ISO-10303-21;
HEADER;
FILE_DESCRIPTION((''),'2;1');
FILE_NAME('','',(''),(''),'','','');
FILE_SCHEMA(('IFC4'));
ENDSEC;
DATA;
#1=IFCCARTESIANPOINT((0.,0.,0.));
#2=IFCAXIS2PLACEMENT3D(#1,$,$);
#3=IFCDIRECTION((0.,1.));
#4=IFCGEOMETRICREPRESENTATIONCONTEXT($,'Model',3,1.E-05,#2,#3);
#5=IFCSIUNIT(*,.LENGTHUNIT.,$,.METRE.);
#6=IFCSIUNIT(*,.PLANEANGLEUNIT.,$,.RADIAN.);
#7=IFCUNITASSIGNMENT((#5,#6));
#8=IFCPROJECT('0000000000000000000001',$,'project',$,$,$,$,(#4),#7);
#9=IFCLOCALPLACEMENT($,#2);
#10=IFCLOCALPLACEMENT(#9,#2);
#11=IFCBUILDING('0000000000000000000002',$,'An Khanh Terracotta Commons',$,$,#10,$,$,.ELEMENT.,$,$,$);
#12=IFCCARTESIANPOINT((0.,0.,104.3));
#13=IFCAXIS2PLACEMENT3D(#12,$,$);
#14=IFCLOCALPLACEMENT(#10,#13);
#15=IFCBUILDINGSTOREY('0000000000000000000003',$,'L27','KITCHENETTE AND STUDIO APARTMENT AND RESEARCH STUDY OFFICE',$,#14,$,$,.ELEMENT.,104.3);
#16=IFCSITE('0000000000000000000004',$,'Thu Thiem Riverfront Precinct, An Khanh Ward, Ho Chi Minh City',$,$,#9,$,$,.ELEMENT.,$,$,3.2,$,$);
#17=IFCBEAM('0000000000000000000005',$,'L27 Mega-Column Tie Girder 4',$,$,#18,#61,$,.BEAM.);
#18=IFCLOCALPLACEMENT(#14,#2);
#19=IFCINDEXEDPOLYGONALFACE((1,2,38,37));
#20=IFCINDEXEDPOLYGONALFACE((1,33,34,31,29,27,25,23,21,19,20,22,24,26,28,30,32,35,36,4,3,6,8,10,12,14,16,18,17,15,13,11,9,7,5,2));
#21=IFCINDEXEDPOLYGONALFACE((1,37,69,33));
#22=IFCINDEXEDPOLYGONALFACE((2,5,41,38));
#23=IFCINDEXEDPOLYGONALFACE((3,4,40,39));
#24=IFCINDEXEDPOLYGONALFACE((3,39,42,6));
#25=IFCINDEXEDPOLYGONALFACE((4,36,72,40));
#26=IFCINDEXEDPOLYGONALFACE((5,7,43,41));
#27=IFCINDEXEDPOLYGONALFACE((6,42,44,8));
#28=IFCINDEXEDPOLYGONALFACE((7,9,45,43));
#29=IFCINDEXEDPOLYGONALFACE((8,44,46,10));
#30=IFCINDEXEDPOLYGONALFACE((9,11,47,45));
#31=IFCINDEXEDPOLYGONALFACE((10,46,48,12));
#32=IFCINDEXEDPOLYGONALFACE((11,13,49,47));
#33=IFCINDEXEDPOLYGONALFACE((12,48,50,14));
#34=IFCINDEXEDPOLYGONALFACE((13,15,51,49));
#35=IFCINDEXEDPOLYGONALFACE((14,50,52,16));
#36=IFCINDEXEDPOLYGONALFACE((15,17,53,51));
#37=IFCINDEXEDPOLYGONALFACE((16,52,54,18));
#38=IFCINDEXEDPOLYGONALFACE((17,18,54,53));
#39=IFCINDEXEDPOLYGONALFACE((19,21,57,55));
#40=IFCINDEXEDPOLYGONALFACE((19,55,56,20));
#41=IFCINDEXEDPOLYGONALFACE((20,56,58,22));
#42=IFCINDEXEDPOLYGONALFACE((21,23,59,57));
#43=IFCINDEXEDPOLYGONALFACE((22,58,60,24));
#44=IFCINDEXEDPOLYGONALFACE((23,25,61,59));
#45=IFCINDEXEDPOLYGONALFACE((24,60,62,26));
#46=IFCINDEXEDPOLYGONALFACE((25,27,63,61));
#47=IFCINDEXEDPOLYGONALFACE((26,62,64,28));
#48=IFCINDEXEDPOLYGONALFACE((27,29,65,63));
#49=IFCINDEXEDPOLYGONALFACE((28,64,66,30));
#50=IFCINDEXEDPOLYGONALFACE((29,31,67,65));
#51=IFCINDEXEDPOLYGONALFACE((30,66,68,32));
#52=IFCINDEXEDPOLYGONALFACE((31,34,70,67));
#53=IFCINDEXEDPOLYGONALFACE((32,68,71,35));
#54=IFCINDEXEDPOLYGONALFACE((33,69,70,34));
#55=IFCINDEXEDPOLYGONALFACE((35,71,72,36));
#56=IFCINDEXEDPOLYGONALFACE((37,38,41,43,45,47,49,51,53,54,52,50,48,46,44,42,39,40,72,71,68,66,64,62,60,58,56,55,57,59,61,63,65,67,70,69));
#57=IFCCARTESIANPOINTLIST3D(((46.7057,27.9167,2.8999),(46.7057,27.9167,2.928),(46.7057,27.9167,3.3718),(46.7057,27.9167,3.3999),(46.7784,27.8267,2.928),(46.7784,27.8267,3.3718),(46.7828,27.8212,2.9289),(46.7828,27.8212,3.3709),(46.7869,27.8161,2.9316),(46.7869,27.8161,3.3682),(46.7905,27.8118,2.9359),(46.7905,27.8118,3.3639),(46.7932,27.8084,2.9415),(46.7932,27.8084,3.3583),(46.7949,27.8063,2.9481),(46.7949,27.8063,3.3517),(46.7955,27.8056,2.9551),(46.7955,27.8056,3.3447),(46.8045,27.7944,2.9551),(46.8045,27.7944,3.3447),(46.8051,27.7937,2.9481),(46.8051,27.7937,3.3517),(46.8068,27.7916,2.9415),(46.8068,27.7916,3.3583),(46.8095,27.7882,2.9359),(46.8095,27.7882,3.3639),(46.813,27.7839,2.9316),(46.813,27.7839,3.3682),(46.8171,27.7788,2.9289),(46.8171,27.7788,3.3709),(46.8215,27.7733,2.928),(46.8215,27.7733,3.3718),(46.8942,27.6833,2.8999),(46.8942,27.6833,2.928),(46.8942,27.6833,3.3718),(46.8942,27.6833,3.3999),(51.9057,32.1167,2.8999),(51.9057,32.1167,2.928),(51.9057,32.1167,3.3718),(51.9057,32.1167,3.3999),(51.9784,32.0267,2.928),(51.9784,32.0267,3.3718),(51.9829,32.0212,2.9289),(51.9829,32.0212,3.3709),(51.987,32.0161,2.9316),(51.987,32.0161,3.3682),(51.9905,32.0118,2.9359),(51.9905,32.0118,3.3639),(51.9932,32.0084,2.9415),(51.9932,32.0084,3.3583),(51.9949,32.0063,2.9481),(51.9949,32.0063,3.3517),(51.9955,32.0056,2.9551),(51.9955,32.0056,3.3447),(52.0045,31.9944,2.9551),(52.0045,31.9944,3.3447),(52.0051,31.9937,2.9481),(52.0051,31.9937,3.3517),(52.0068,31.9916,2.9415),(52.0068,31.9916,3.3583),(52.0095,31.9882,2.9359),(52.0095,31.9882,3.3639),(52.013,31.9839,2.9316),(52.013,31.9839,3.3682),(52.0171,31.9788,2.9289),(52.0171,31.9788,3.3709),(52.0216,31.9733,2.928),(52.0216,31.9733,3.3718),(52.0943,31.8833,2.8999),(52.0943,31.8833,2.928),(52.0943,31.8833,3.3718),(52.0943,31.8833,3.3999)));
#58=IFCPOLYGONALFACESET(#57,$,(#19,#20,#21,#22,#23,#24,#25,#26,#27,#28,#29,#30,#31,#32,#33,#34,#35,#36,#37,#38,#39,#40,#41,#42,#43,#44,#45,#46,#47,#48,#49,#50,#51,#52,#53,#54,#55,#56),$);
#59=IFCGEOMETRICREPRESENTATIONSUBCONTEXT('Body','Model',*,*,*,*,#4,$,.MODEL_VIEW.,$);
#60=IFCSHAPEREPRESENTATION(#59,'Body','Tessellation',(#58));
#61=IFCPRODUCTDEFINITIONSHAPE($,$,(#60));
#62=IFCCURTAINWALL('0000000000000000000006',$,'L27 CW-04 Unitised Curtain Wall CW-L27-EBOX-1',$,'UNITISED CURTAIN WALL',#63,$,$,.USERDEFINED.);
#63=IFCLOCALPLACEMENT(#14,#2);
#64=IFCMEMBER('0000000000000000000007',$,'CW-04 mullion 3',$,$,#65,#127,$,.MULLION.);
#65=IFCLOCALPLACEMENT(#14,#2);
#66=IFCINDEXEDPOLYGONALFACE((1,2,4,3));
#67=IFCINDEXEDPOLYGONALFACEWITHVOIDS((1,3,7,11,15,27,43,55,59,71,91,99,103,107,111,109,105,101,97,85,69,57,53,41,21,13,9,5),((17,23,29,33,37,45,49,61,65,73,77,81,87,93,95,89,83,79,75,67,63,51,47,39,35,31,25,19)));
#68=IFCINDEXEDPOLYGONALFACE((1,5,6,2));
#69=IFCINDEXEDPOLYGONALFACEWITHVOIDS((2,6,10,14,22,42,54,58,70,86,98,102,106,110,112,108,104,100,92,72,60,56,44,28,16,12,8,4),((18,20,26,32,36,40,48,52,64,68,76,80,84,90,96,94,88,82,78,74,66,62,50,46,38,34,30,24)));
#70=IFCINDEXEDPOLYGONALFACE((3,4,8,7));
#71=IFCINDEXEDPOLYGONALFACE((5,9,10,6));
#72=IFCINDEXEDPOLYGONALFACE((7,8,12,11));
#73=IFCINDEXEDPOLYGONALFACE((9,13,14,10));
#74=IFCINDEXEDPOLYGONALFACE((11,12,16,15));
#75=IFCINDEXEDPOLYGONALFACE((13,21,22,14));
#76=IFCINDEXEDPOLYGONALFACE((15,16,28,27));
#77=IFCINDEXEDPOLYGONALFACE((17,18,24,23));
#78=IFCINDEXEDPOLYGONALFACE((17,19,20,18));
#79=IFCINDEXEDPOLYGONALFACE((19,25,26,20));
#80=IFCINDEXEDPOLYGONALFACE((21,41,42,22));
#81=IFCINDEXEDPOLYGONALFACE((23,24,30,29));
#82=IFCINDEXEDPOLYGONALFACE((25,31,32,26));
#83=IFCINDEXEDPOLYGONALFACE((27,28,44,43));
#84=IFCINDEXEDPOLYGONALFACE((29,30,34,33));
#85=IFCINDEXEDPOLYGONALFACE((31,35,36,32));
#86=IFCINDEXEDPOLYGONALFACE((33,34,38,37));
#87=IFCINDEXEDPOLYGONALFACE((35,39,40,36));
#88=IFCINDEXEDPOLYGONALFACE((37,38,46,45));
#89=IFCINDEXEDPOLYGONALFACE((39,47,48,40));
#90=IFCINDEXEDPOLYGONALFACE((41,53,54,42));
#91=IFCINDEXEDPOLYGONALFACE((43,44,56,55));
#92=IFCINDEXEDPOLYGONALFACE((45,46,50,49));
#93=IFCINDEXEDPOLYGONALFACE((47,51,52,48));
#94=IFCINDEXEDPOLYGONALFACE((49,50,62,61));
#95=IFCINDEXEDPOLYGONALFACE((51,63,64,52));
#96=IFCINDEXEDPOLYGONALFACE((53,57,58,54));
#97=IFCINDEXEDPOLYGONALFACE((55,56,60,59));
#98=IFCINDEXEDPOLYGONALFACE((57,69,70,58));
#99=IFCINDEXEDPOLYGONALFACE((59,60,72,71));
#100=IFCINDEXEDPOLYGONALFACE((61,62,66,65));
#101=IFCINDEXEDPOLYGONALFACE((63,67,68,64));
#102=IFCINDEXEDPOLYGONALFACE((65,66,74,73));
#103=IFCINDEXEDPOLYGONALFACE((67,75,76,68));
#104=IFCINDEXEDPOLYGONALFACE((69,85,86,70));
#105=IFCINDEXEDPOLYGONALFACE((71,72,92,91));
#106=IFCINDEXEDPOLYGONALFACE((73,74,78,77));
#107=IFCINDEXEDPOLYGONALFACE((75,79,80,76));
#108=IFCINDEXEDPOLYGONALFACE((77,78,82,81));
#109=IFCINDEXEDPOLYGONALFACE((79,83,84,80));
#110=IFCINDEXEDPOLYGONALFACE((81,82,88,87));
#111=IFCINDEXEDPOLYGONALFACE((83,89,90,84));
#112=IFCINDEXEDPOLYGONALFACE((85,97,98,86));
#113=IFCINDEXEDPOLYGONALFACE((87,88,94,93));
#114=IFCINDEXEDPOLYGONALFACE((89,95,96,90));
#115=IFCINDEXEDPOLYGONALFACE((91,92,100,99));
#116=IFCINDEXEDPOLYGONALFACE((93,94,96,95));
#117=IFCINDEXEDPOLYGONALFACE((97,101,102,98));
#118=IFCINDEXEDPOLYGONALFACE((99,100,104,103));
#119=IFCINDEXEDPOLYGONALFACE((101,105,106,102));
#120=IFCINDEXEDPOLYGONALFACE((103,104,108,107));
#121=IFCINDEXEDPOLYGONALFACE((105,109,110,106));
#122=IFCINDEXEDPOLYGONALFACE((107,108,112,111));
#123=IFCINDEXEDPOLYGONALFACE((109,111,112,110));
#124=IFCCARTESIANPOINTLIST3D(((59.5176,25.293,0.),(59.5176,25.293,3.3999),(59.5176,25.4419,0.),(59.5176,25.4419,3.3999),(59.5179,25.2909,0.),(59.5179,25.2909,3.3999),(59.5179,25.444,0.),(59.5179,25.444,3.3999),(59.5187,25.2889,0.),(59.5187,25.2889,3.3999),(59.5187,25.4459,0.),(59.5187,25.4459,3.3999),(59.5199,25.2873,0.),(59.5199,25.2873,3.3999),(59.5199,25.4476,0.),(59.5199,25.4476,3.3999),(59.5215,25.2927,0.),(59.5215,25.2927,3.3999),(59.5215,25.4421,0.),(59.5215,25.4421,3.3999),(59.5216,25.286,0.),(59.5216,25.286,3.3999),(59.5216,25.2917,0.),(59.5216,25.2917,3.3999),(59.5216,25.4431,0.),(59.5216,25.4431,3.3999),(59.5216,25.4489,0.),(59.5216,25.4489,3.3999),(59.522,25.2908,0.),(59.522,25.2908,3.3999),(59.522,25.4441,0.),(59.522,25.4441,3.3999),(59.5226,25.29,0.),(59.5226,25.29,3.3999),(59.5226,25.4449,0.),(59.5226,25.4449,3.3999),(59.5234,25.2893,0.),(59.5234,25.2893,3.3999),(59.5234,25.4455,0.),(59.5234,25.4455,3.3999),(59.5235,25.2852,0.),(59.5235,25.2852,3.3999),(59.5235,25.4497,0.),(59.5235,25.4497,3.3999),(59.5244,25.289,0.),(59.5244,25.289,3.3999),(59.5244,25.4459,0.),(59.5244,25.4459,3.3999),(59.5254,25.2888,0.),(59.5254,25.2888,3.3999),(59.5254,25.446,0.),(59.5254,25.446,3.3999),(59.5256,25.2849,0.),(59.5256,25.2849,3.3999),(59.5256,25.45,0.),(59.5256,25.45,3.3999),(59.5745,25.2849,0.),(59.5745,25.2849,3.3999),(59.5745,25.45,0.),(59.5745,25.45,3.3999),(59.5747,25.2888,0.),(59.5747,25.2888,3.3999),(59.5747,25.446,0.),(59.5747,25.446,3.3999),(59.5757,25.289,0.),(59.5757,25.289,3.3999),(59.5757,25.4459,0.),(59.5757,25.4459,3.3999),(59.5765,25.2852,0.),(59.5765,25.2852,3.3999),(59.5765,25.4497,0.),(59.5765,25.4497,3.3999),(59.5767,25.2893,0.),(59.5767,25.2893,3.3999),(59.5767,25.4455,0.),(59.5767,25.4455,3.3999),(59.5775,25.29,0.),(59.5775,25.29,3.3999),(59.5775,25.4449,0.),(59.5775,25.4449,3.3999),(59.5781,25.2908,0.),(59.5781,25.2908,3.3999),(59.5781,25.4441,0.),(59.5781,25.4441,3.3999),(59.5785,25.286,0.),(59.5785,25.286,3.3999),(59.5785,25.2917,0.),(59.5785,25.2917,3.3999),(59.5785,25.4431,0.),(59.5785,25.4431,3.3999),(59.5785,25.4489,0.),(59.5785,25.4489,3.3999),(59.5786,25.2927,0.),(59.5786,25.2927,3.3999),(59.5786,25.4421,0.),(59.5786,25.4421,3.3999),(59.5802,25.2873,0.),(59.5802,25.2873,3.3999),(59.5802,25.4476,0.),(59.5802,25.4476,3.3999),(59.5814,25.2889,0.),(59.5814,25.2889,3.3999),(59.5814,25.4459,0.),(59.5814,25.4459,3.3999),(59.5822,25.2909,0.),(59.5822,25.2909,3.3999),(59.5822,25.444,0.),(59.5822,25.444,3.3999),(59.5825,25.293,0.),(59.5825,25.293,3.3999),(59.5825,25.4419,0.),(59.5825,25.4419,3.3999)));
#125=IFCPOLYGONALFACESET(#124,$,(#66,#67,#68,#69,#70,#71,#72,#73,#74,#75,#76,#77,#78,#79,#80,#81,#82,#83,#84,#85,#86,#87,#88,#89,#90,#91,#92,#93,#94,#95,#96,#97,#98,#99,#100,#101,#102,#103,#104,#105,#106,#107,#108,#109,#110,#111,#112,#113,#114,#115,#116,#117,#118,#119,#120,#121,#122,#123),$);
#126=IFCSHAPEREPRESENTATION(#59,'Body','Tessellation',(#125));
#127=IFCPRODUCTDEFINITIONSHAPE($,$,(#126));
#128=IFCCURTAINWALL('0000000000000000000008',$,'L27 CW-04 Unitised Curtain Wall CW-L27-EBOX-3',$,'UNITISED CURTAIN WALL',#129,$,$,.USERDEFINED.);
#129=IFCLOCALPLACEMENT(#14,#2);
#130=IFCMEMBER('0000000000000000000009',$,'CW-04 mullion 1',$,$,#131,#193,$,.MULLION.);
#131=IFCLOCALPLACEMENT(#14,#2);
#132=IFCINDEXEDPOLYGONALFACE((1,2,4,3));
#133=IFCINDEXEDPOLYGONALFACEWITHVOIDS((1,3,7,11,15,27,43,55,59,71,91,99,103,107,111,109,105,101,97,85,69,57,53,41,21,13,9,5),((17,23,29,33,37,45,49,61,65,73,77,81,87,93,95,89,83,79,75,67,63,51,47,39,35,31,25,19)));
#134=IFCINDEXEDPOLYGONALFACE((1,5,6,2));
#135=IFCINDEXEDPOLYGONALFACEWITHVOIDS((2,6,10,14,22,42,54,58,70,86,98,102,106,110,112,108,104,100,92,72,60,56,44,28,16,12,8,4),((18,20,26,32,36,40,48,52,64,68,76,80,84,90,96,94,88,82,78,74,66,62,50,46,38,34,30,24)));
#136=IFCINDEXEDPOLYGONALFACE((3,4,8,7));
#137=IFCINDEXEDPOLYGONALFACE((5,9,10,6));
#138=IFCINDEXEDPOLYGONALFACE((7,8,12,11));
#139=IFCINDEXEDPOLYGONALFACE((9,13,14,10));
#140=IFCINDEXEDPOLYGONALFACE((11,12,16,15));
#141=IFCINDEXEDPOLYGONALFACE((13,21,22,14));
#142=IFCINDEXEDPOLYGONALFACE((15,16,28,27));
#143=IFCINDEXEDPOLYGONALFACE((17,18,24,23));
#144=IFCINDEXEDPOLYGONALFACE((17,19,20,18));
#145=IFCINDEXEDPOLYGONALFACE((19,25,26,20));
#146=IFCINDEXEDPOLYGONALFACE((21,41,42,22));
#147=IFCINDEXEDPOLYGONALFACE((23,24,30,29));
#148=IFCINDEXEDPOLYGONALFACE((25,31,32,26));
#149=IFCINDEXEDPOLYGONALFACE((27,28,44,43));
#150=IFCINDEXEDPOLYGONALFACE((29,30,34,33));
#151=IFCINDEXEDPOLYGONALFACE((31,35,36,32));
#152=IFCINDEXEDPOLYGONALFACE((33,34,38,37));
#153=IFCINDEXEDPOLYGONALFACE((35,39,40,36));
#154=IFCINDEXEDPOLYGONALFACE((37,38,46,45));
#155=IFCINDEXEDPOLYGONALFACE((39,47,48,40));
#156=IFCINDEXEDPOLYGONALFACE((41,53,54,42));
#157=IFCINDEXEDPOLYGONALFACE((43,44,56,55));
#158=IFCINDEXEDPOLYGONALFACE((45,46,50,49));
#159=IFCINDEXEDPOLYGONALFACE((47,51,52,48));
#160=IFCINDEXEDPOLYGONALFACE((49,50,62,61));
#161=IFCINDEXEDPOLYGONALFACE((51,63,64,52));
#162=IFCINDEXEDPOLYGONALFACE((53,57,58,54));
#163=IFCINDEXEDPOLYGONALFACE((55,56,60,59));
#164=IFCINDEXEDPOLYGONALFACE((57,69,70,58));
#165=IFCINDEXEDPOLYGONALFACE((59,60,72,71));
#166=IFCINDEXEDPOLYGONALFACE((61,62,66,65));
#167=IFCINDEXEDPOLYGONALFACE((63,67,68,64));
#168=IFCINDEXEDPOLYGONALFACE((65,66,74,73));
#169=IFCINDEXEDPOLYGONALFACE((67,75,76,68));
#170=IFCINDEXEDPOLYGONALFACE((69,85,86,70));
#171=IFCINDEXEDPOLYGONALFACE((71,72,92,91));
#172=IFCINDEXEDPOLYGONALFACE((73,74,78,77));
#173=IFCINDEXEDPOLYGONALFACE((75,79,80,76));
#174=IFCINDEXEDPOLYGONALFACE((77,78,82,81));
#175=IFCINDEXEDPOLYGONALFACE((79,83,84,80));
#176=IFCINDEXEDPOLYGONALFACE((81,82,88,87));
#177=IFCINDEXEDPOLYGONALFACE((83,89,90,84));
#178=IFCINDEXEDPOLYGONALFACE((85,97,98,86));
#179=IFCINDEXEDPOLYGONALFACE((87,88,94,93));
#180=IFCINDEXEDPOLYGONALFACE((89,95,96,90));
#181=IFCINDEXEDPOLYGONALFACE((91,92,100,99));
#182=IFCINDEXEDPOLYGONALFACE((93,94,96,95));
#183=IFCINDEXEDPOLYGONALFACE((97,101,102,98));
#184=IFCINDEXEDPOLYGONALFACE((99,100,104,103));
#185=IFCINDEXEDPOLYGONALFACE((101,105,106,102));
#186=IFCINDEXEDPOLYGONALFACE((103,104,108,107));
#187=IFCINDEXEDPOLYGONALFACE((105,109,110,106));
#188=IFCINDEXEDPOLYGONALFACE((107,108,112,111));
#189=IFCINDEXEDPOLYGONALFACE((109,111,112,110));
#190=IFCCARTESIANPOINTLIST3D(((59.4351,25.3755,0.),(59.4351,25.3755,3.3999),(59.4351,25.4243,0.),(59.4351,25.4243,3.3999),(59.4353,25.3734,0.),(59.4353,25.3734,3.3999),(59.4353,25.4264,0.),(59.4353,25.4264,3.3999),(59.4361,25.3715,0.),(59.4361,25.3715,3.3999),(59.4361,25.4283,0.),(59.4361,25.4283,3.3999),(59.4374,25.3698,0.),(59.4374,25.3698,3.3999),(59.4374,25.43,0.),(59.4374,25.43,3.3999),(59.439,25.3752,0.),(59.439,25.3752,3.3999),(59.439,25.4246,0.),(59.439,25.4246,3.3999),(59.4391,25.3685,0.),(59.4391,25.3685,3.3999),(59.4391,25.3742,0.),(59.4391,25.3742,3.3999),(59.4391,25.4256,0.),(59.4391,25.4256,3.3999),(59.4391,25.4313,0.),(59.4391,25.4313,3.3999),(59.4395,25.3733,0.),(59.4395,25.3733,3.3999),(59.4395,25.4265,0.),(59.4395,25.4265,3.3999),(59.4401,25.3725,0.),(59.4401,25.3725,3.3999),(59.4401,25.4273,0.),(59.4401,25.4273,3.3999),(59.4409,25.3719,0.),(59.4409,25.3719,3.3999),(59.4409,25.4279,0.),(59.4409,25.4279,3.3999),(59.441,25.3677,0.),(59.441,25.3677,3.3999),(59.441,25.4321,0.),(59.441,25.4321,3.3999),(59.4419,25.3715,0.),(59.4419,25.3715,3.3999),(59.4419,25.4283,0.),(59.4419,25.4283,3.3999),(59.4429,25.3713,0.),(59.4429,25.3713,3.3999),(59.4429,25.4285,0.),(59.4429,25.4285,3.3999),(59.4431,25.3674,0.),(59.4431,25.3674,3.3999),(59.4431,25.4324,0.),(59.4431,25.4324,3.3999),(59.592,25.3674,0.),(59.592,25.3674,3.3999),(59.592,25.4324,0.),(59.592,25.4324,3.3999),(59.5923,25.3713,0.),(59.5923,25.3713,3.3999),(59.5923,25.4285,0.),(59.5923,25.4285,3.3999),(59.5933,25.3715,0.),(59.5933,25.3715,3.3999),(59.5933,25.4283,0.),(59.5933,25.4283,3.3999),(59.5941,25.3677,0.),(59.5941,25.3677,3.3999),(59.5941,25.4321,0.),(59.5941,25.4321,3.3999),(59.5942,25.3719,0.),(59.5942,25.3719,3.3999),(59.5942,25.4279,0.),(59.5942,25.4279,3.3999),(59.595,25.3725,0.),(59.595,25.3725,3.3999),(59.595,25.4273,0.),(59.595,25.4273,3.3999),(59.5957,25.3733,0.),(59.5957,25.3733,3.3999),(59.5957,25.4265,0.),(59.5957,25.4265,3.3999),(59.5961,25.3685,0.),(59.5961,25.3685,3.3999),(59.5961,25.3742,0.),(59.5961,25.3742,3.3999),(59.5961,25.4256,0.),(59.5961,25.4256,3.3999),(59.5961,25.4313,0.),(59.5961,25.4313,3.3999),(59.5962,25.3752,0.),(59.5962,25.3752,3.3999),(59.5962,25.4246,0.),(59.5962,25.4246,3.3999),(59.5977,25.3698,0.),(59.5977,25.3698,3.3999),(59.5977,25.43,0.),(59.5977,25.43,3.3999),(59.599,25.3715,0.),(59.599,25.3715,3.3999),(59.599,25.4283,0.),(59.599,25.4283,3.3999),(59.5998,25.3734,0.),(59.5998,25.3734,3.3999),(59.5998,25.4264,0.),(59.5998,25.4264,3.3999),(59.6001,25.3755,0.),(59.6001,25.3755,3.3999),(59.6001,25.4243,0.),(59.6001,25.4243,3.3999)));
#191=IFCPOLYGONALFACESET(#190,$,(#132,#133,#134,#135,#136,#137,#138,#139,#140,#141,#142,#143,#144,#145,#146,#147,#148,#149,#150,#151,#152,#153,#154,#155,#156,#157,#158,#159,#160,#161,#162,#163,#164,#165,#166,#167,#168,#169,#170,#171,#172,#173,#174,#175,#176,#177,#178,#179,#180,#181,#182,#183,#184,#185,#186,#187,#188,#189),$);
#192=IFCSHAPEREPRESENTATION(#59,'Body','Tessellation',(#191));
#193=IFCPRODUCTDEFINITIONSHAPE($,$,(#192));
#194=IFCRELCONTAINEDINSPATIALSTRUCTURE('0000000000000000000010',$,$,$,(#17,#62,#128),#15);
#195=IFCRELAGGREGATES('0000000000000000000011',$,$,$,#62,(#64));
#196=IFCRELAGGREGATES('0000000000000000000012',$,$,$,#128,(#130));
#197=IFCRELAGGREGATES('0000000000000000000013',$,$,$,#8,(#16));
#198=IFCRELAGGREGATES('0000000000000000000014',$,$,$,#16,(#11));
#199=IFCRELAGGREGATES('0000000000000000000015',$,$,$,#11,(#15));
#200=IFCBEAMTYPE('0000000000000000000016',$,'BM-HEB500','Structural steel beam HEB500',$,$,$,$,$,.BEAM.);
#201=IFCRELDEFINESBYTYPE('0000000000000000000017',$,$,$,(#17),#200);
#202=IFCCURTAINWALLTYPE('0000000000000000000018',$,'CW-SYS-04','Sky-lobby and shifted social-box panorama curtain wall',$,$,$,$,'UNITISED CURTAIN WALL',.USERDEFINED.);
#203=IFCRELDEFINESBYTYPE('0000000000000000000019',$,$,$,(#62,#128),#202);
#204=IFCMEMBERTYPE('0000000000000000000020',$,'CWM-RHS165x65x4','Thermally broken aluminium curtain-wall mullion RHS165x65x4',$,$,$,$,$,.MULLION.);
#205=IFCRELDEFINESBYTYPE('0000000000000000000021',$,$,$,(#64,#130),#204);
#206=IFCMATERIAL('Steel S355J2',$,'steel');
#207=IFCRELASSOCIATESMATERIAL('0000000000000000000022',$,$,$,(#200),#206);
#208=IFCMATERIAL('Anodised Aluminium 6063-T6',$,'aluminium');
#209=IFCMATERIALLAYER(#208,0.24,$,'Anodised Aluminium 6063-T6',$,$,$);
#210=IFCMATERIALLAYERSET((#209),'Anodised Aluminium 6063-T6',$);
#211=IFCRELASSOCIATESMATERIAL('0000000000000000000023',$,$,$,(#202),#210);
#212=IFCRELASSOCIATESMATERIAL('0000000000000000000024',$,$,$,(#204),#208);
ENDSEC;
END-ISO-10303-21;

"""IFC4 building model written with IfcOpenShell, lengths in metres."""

from ifc_helpers import new_model, si_unit, direction, frame, origin, origin_2d, place, context, subcontext, project, spatial, hollow_rectangle, i_section, extrude, material, layer, layer_set, material_profile, profile_set, type_object, element, aggregate, save


model = new_model("IFC4")

# Units and contexts
model_context = context("Model", 3, precision=1e-05, world=origin(), true_north=direction((0.0, 1.0)))
body_context = subcontext(model_context, "Body", "Model", "MODEL_VIEW")
ifc_project = project(units=[si_unit("LENGTHUNIT", "METRE"), si_unit("PLANEANGLEUNIT", "RADIAN")], contexts=[model_context])

# Site, building, storey
site_placement = place(None, origin())
site = spatial("IfcSite", under=ifc_project, at=site_placement, Name="Thu Thiem Riverfront Precinct, An Khanh Ward, Ho Chi Minh City", CompositionType="ELEMENT", RefElevation=3.2)
building_placement = place(site_placement, origin())
building = spatial("IfcBuilding", under=site, at=building_placement, Name="An Khanh Terracotta Commons", CompositionType="ELEMENT")
storey_placement = place(building_placement, frame((0.0, 0.0, 104.3)))
storey = spatial("IfcBuildingStorey", under=building, at=storey_placement, Name="L27", Description="KITCHENETTE AND STUDIO APARTMENT AND RESEARCH STUDY OFFICE", CompositionType="ELEMENT", Elevation=104.3)

# Beam
ifc_material_1 = material(Name="Steel S355J2", Category="steel")
ifc_material_profile_1 = material_profile(ifc_material_1, i_section(OverallWidth=0.3, OverallDepth=0.5, WebThickness=0.0144, FlangeThickness=0.0281, FilletRadius=0.0271, at=origin_2d()), Name="HEB500")
ifc_profile_set_1 = profile_set([ifc_material_profile_1], Name="Steel S355J2")
beam_type = type_object("IfcBeamType", Name="BM-HEB500", Description="Structural steel beam HEB500", PredefinedType="BEAM", material=ifc_profile_set_1)
beam_placement = place(storey_placement, frame((52.0, 32.0, 3.1499), z_axis=(-0.777942, -0.628336, 0.0), x_axis=(0.628336, -0.777942, 0.0)))
element("IfcBeam", 1, at=beam_placement, inside=storey, type_object=beam_type, Name="L27 Mega-Column Tie Girder 4", PredefinedType="BEAM", context=body_context, shape_type="SweptSolid", body=[
    extrude(i_section(OverallWidth=0.3, OverallDepth=0.5, WebThickness=0.0144, FlangeThickness=0.0281, FilletRadius=0.0271, at=origin_2d()), origin(), (0.0, 0.0, 1.0), 6.6843),
])

# Curtain wall, member
ifc_material_2 = material(Name="Anodised Aluminium 6063-T6", Category="aluminium")
ifc_layer_1 = layer(ifc_material_2, 0.24, Name="Anodised Aluminium 6063-T6")
ifc_layer_set_1 = layer_set([ifc_layer_1], Name="Anodised Aluminium 6063-T6")
curtain_wall_type_1 = type_object("IfcCurtainWallType", Name="CW-SYS-04", Description="Sky-lobby and shifted social-box panorama curtain wall", ElementType="UNITISED CURTAIN WALL", PredefinedType="USERDEFINED", material=ifc_layer_set_1)
curtain_wall_1_placement = place(storey_placement, origin())
curtain_wall_1 = element("IfcCurtainWall", 2, at=curtain_wall_1_placement, inside=storey, type_object=curtain_wall_type_1, Name="L27 CW-04 Unitised Curtain Wall CW-L27-EBOX-1", ObjectType="UNITISED CURTAIN WALL", PredefinedType="USERDEFINED")
ifc_material_profile_2 = material_profile(ifc_material_2, hollow_rectangle(XDim=0.0649, YDim=0.165, WallThickness=0.0039, InnerFilletRadius=0.0039, OuterFilletRadius=0.0081, at=origin_2d()), Name="RHS165x65x4")
ifc_profile_set_2 = profile_set([ifc_material_profile_2], Name="Anodised Aluminium 6063-T6")
member_type_1 = type_object("IfcMemberType", Name="CWM-RHS165x65x4", Description="Thermally broken aluminium curtain-wall mullion RHS165x65x4", PredefinedType="MULLION", material=ifc_profile_set_2)
member_1_placement = place(storey_placement, frame((59.55, 25.3674, 0.0), z_axis=(0.0, 0.0, 1.0), x_axis=(-1.0, 0.0, 0.0)))
member_1 = element("IfcMember", 3, at=member_1_placement, type_object=member_type_1, Name="CW-04 mullion 3", PredefinedType="MULLION", context=body_context, shape_type="SweptSolid", body=[
    extrude(hollow_rectangle(XDim=0.0649, YDim=0.165, WallThickness=0.0039, InnerFilletRadius=0.0039, OuterFilletRadius=0.0081, at=origin_2d()), origin(), (0.0, 0.0, 1.0), 3.3999),
])

# Curtain wall, member
curtain_wall_2_placement = place(storey_placement, origin())
curtain_wall_2 = element("IfcCurtainWall", 4, at=curtain_wall_2_placement, inside=storey, type_object=curtain_wall_type_1, Name="L27 CW-04 Unitised Curtain Wall CW-L27-EBOX-3", ObjectType="UNITISED CURTAIN WALL", PredefinedType="USERDEFINED")
member_2_placement = place(storey_placement, frame((59.5176, 25.3999, 0.0), z_axis=(0.0, 0.0, 1.0), x_axis=(0.0, -1.0, 0.0)))
member_2 = element("IfcMember", 5, at=member_2_placement, type_object=member_type_1, Name="CW-04 mullion 1", PredefinedType="MULLION", context=body_context, shape_type="SweptSolid", body=[
    extrude(hollow_rectangle(XDim=0.0649, YDim=0.165, WallThickness=0.0039, InnerFilletRadius=0.0039, OuterFilletRadius=0.0081, at=origin_2d()), origin(), (0.0, 0.0, 1.0), 3.3999),
])

aggregate(curtain_wall_1, [member_1])
aggregate(curtain_wall_2, [member_2])

save(model, "model.ifc")
